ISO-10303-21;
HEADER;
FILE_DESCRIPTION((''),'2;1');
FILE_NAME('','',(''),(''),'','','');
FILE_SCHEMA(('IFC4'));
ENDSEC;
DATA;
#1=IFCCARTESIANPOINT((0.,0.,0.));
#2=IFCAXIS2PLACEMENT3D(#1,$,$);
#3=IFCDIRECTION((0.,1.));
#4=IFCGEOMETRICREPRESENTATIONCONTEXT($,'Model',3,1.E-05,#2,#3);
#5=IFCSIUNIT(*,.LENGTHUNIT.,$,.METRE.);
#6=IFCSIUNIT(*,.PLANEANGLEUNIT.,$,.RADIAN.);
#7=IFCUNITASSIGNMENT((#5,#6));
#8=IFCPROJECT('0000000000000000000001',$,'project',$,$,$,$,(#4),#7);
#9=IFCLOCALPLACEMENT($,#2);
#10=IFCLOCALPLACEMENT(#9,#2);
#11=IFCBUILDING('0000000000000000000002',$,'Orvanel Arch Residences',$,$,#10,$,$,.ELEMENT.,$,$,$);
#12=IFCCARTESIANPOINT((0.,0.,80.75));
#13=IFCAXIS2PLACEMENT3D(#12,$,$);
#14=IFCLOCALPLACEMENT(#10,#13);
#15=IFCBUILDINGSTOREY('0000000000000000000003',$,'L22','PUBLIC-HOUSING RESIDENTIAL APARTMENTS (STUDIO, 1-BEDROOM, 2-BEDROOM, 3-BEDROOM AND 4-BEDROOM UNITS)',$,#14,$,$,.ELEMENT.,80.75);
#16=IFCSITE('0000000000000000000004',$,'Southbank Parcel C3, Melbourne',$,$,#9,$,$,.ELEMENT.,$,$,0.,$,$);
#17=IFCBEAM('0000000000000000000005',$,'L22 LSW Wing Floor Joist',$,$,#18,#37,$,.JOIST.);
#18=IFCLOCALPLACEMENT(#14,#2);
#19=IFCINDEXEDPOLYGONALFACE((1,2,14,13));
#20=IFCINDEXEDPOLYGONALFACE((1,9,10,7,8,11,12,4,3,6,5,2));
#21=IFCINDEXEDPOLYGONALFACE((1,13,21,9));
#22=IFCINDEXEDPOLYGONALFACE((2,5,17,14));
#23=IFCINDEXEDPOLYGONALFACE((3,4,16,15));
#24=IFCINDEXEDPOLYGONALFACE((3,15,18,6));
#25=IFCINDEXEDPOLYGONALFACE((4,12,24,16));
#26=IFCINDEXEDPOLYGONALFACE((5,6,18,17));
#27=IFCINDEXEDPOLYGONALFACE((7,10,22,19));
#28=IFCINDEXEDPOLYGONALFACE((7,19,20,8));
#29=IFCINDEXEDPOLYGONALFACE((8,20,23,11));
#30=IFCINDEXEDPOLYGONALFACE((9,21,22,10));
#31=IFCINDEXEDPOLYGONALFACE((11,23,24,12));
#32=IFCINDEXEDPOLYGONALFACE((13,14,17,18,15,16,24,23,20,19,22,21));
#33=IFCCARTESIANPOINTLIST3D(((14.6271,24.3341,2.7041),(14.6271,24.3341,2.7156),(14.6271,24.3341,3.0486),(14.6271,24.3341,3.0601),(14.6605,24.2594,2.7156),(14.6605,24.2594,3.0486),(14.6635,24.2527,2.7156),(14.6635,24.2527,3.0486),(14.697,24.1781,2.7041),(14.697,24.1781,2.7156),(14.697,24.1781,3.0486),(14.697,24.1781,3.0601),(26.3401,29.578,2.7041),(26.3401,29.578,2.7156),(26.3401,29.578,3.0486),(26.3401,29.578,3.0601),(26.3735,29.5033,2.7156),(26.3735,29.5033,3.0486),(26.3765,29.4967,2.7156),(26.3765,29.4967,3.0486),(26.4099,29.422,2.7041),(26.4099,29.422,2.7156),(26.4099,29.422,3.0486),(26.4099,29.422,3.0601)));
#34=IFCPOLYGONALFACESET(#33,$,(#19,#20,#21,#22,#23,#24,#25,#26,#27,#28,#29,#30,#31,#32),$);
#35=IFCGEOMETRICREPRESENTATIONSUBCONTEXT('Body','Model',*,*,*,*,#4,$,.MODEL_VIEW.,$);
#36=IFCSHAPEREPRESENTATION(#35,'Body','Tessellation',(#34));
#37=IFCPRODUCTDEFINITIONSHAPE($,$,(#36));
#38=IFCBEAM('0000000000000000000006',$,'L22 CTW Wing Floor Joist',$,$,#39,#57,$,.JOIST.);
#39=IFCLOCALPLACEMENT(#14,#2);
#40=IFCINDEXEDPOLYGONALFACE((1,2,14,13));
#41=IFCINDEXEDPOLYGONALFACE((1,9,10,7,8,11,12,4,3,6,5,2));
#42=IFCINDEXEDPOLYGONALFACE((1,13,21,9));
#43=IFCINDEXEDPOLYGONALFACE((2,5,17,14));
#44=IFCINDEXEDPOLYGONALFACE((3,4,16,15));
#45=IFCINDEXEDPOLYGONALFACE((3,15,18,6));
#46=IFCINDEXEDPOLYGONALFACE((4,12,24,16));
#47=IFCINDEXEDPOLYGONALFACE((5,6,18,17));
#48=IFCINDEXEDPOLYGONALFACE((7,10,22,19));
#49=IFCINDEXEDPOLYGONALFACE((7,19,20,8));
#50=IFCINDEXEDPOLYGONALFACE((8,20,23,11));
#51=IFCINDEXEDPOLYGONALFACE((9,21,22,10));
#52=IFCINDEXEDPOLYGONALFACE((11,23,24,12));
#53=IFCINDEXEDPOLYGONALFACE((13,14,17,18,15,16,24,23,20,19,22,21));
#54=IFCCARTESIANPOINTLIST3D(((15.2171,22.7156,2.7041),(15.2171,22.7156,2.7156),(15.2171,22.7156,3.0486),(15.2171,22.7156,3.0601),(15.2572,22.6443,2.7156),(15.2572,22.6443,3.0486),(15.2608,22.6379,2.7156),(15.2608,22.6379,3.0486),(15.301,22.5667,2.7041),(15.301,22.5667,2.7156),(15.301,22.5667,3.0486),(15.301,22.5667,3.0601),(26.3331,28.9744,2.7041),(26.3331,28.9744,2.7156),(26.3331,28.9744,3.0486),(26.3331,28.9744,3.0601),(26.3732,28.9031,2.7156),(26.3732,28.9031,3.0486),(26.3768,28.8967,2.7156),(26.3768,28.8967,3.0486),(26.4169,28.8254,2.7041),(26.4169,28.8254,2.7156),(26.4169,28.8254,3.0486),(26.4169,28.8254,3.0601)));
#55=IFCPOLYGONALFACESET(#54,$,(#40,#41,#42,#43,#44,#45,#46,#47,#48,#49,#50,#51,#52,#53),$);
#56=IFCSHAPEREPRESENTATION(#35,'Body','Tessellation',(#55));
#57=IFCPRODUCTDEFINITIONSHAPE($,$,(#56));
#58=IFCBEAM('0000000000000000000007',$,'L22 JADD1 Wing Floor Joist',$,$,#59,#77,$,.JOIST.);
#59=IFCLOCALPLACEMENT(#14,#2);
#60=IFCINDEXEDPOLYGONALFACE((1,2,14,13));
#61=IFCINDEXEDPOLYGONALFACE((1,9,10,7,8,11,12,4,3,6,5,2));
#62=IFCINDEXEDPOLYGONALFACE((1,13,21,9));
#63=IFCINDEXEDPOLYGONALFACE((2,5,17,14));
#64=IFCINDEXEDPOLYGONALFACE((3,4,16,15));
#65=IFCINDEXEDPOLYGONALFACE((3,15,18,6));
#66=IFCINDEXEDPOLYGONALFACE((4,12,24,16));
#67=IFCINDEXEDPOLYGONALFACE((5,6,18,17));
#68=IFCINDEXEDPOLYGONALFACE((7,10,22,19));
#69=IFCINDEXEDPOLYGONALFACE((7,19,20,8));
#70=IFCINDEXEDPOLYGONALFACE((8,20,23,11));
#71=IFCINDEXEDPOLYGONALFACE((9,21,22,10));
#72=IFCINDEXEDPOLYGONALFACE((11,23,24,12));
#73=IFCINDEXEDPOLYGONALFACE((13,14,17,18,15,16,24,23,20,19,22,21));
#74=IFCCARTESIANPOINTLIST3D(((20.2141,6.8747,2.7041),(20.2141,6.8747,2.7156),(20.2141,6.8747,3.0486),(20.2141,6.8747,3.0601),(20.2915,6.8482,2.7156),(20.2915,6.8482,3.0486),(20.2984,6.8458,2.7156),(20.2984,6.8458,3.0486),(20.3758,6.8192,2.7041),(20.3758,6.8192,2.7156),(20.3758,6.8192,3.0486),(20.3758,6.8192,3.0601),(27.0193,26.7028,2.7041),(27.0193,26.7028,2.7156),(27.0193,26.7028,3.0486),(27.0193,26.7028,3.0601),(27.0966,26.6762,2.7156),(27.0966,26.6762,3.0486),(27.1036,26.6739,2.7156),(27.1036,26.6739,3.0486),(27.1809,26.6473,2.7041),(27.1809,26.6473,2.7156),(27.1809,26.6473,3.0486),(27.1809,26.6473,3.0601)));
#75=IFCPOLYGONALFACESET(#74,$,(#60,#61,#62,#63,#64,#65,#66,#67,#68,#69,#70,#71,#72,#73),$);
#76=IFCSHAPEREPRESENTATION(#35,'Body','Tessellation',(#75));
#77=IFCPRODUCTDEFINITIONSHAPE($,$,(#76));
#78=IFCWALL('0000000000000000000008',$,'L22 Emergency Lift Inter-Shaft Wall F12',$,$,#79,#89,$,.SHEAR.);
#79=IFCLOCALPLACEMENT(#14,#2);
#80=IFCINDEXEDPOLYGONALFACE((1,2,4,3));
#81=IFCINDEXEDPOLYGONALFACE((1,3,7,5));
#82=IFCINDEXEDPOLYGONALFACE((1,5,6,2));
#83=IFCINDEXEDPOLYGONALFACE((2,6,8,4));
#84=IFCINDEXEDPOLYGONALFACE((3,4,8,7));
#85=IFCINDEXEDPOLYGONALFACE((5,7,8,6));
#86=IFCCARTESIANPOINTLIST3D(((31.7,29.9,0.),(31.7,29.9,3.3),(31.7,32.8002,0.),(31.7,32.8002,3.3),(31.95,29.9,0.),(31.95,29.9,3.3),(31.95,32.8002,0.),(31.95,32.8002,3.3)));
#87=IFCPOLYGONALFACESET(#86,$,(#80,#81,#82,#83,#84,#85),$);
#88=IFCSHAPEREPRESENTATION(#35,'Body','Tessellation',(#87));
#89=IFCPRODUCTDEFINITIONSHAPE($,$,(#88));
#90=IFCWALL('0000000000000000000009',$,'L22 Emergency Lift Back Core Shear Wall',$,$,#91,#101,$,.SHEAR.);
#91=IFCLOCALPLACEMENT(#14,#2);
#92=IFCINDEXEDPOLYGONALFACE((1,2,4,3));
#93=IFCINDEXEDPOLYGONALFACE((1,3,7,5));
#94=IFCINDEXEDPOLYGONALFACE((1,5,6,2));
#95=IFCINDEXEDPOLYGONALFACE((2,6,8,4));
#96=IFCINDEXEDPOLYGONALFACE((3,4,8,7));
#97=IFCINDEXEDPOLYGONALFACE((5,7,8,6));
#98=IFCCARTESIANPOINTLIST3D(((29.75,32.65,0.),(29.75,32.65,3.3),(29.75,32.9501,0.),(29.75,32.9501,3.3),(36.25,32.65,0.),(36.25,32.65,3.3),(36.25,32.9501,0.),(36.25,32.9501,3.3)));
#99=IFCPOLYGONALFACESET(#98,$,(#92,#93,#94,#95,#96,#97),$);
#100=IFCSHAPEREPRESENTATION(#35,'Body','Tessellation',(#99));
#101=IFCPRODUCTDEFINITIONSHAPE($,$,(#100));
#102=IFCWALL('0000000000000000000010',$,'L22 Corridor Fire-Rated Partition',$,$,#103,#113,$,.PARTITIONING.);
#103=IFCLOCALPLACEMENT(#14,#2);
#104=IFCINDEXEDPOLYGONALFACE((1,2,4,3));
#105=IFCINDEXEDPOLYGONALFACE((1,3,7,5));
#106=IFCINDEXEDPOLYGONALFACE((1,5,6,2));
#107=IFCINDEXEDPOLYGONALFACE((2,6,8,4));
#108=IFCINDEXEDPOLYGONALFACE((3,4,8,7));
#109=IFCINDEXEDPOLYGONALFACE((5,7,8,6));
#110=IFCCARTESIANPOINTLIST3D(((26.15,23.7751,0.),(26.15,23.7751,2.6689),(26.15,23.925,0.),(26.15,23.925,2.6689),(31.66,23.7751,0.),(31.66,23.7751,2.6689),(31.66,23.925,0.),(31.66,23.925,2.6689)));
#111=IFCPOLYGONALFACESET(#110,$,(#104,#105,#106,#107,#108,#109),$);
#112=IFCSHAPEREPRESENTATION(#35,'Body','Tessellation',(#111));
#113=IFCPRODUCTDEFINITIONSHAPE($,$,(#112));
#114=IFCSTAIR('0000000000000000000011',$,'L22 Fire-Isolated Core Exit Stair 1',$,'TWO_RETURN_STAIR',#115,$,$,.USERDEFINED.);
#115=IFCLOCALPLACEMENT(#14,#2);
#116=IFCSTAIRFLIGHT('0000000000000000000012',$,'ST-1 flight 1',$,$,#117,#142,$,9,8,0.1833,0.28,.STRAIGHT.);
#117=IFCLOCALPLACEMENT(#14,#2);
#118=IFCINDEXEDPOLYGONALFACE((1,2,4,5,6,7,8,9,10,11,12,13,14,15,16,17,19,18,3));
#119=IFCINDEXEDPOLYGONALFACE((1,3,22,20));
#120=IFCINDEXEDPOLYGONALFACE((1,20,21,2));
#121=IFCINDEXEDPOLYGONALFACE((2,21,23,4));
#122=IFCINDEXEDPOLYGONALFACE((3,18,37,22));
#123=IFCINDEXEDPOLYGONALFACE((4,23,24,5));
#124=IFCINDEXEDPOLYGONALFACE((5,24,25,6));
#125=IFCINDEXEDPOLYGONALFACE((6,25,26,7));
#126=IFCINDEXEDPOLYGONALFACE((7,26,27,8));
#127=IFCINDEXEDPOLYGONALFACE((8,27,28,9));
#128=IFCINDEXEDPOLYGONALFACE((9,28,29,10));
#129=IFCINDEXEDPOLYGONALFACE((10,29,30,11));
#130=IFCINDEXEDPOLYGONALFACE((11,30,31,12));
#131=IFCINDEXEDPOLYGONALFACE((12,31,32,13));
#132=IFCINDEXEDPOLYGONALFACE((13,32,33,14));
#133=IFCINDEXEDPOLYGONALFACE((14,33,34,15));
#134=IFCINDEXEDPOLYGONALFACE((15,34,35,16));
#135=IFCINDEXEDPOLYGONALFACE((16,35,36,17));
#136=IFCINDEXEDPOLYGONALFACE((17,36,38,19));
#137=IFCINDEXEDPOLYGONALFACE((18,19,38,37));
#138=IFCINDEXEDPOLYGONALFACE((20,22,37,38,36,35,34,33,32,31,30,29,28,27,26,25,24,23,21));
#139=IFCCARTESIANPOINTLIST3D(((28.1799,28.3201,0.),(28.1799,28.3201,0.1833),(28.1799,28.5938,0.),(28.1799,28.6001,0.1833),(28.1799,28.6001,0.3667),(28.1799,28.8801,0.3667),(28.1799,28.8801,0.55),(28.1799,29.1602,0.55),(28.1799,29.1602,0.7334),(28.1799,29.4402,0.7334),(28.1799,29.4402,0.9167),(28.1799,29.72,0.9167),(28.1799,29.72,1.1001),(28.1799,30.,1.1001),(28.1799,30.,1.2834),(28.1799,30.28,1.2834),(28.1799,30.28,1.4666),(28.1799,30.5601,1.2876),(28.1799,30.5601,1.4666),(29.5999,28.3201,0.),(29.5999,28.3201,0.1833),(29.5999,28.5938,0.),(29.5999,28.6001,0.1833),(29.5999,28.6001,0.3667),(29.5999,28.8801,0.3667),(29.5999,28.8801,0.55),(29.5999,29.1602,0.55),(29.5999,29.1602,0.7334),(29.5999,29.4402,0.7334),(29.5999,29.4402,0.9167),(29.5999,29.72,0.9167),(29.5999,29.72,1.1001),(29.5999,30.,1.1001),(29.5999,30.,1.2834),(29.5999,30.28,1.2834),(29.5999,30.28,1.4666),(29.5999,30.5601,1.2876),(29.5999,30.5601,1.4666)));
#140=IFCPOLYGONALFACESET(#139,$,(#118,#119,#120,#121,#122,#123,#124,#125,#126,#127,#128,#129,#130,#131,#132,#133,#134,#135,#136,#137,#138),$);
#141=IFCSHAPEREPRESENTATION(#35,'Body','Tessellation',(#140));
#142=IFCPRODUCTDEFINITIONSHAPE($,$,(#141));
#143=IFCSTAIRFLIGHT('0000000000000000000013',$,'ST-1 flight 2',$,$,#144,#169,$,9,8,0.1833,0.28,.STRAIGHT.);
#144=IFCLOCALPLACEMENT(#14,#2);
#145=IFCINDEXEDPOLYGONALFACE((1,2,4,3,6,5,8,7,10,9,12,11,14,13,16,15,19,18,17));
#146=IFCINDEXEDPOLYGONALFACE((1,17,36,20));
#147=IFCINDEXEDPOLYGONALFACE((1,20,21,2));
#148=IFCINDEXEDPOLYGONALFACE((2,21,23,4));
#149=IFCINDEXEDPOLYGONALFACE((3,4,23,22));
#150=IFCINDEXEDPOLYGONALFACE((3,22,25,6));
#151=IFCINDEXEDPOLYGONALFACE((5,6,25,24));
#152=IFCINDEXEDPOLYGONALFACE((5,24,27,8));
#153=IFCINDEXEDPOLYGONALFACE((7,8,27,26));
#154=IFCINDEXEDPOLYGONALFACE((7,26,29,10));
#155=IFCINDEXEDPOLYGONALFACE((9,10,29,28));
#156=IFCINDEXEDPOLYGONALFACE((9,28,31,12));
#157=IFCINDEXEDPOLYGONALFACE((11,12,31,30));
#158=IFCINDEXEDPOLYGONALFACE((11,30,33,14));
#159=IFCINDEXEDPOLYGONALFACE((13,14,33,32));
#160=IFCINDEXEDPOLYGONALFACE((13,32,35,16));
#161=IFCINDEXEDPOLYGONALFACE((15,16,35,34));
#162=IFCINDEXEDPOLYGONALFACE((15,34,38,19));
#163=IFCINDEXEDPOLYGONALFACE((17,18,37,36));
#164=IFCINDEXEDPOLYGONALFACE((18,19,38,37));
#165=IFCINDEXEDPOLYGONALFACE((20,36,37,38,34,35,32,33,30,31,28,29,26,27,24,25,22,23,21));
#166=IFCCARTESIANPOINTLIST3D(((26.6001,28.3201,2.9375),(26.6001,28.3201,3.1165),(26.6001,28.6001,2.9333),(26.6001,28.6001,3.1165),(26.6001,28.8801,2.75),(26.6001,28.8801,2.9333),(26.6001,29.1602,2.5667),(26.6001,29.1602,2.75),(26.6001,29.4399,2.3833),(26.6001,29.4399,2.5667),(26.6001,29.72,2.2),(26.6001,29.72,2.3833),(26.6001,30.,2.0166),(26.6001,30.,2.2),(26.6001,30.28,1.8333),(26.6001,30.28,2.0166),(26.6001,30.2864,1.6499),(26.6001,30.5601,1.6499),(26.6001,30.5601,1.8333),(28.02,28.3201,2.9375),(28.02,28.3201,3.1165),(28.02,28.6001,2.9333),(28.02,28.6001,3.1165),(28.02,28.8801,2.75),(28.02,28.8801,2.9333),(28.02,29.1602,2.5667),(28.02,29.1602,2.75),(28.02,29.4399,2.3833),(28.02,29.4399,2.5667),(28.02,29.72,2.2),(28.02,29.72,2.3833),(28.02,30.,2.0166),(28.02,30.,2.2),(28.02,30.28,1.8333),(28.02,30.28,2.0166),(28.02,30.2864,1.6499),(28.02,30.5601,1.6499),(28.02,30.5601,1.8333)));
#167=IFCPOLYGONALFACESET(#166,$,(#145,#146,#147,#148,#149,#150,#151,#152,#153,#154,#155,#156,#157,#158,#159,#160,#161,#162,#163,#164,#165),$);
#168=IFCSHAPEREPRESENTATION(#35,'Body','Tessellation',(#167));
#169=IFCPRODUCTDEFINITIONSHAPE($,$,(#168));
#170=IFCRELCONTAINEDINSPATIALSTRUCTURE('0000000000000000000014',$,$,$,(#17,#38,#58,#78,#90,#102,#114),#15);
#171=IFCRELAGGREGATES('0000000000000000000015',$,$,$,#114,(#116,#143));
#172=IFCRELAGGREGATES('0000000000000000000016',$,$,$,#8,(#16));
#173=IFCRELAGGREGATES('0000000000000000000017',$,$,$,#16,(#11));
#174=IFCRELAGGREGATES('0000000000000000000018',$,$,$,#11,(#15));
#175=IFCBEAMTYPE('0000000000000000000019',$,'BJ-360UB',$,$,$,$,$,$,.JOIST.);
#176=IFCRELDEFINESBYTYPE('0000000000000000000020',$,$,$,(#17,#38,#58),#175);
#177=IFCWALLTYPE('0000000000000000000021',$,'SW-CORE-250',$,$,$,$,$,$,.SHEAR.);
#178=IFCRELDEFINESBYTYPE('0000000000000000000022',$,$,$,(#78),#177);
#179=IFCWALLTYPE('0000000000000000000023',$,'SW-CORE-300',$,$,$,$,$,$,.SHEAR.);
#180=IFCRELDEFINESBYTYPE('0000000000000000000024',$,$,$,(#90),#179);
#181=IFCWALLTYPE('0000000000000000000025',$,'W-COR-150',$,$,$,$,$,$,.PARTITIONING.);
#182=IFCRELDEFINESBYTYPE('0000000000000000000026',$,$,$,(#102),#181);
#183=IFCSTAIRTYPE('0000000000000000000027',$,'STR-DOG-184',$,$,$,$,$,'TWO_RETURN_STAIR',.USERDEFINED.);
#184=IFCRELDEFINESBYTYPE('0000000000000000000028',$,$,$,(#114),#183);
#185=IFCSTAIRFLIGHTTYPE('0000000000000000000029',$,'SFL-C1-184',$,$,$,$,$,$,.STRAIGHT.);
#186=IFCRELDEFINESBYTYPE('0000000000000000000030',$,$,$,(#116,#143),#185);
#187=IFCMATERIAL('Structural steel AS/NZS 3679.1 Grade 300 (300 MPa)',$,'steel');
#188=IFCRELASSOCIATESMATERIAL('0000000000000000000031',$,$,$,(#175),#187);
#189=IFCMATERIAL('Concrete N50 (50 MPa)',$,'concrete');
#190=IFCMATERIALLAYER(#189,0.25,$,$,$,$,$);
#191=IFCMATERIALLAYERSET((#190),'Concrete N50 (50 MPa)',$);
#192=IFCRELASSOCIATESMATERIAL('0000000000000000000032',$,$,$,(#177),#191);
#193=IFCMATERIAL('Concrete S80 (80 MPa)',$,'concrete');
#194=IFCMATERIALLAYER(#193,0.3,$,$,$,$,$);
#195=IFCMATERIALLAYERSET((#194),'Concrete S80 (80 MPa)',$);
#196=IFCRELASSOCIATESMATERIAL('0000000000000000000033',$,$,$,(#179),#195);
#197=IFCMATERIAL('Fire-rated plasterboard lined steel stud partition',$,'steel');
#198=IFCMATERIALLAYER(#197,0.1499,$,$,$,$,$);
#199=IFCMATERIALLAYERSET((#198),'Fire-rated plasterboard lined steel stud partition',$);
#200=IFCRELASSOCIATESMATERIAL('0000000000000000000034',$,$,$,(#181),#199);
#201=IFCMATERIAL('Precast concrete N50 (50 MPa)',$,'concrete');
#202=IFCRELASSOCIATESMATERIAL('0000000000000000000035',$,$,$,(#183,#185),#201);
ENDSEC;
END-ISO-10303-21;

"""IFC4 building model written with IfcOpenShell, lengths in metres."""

from ifc_helpers import new_model, si_unit, direction, frame, frame_2d, origin, origin_2d, place, context, subcontext, project, spatial, polyline, rectangle, i_section, outline, extrude, material, layer, layer_set, material_profile, profile_set, type_object, element, aggregate, save


model = new_model("IFC4")

# Units and contexts
model_context = context("Model", 3, precision=1e-05, world=origin(), true_north=direction((0.0, 1.0)))
body_context = subcontext(model_context, "Body", "Model", "MODEL_VIEW")
ifc_project = project(units=[si_unit("LENGTHUNIT", "METRE"), si_unit("PLANEANGLEUNIT", "RADIAN")], contexts=[model_context])

# Site, building, storey
site_placement = place(None, origin())
site = spatial("IfcSite", under=ifc_project, at=site_placement, Name="Southbank Parcel C3, Melbourne", CompositionType="ELEMENT", RefElevation=0.0)
building_placement = place(site_placement, origin())
building = spatial("IfcBuilding", under=site, at=building_placement, Name="Orvanel Arch Residences", CompositionType="ELEMENT")
storey_placement = place(building_placement, frame((0.0, 0.0, 80.75)))
storey = spatial("IfcBuildingStorey", under=building, at=storey_placement, Name="L22", Description="PUBLIC-HOUSING RESIDENTIAL APARTMENTS (STUDIO, 1-BEDROOM, 2-BEDROOM, 3-BEDROOM AND 4-BEDROOM UNITS)", CompositionType="ELEMENT", Elevation=80.75)

# Beams
ifc_material_1 = material(Name="Structural steel AS/NZS 3679.1 Grade 300 (300 MPa)", Category="steel")
ifc_material_profile_1 = material_profile(ifc_material_1, i_section(OverallWidth=0.1709, OverallDepth=0.356, WebThickness=0.0073, FlangeThickness=0.0115, at=origin_2d()), Name="360UB50.7")
ifc_profile_set_1 = profile_set([ifc_material_profile_1], Name="Structural steel AS/NZS 3679.1 Grade 300 (300 MPa)")
beam_type_1 = type_object("IfcBeamType", Name="BJ-360UB", PredefinedType="JOIST", material=ifc_profile_set_1)
beam_1_placement = place(storey_placement, frame((26.375, 29.5, 2.8821), z_axis=(-0.912704, -0.408621, 0.0), x_axis=(0.408621, -0.912704, 0.0)))
element("IfcBeam", 1, at=beam_1_placement, inside=storey, type_object=beam_type_1, Name="L22 LSW Wing Floor Joist", PredefinedType="JOIST", context=body_context, shape_type="SweptSolid", body=[
    extrude(i_section(OverallWidth=0.1709, OverallDepth=0.356, WebThickness=0.0073, FlangeThickness=0.0115, at=origin_2d()), origin(), (0.0, 0.0, 1.0), 12.8333),
])
beam_2_placement = place(storey_placement, frame((26.375, 28.8999, 2.8821), z_axis=(-0.871373, -0.490622, 0.0), x_axis=(0.490622, -0.871373, 0.0)))
element("IfcBeam", 2, at=beam_2_placement, inside=storey, type_object=beam_type_1, Name="L22 CTW Wing Floor Joist", PredefinedType="JOIST", context=body_context, shape_type="SweptSolid", body=[
    extrude(i_section(OverallWidth=0.1709, OverallDepth=0.356, WebThickness=0.0073, FlangeThickness=0.0115, at=origin_2d()), origin(), (0.0, 0.0, 1.0), 12.7568),
])
beam_3_placement = place(storey_placement, frame((27.1001, 26.675, 2.8821), z_axis=(-0.324621, -0.945844, 0.0), x_axis=(0.945844, -0.324621, 0.0)))
element("IfcBeam", 3, at=beam_3_placement, inside=storey, type_object=beam_type_1, Name="L22 JADD1 Wing Floor Joist", PredefinedType="JOIST", context=body_context, shape_type="SweptSolid", body=[
    extrude(i_section(OverallWidth=0.1709, OverallDepth=0.356, WebThickness=0.0073, FlangeThickness=0.0115, at=origin_2d()), origin(), (0.0, 0.0, 1.0), 20.9634),
])

# Wall
ifc_material_2 = material(Name="Concrete N50 (50 MPa)", Category="concrete")
ifc_layer_1 = layer(ifc_material_2, 0.25)
ifc_layer_set_1 = layer_set([ifc_layer_1], Name="Concrete N50 (50 MPa)")
wall_type_1 = type_object("IfcWallType", Name="SW-CORE-250", PredefinedType="SHEAR", material=ifc_layer_set_1)
wall_1_placement = place(storey_placement, frame((31.825, 29.8999, 0.0), z_axis=(0.0, 0.0, 1.0), x_axis=(0.0, 1.0, 0.0)))
element("IfcWall", 4, at=wall_1_placement, inside=storey, type_object=wall_type_1, Name="L22 Emergency Lift Inter-Shaft Wall F12", PredefinedType="SHEAR", context=body_context, shape_type="SweptSolid", body=[
    extrude(rectangle(XDim=2.9001, YDim=0.25, at=frame_2d((1.4502, 0.0))), origin(), (0.0, 0.0, 1.0), 3.3),
])

# Shared definitions
ifc_material_3 = material(Name="Concrete S80 (80 MPa)", Category="concrete")
ifc_layer_2 = layer(ifc_material_3, 0.3)
ifc_layer_set_2 = layer_set([ifc_layer_2], Name="Concrete S80 (80 MPa)")
wall_type_2 = type_object("IfcWallType", Name="SW-CORE-300", PredefinedType="SHEAR", material=ifc_layer_set_2)

# Walls
wall_2_placement = place(storey_placement, frame((29.75, 32.8, 0.0), z_axis=(0.0, 0.0, 1.0), x_axis=(1.0, 0.0, 0.0)))
element("IfcWall", 5, at=wall_2_placement, inside=storey, type_object=wall_type_2, Name="L22 Emergency Lift Back Core Shear Wall", PredefinedType="SHEAR", context=body_context, shape_type="SweptSolid", body=[
    extrude(rectangle(XDim=6.5, YDim=0.3, at=frame_2d((3.25, 0.0))), origin(), (0.0, 0.0, 1.0), 3.3),
])
ifc_material_4 = material(Name="Fire-rated plasterboard lined steel stud partition", Category="steel")
ifc_layer_3 = layer(ifc_material_4, 0.1499)
ifc_layer_set_3 = layer_set([ifc_layer_3], Name="Fire-rated plasterboard lined steel stud partition")
wall_type_3 = type_object("IfcWallType", Name="W-COR-150", PredefinedType="PARTITIONING", material=ifc_layer_set_3)
wall_3_placement = place(storey_placement, frame((31.6599, 23.8501, 0.0), z_axis=(0.0, 0.0, 1.0), x_axis=(-1.0, 0.0, 0.0)))
element("IfcWall", 6, at=wall_3_placement, inside=storey, type_object=wall_type_3, Name="L22 Corridor Fire-Rated Partition", PredefinedType="PARTITIONING", context=body_context, shape_type="SweptSolid", body=[
    extrude(rectangle(XDim=5.51, YDim=0.1499, at=frame_2d((2.7549, 0.0))), origin(), (0.0, 0.0, 1.0), 2.6689),
])

# Stair, stair flights
ifc_material_5 = material(Name="Precast concrete N50 (50 MPa)", Category="concrete")
stair_type = type_object("IfcStairType", Name="STR-DOG-184", ElementType="TWO_RETURN_STAIR", PredefinedType="USERDEFINED", material=ifc_material_5)
stair_placement = place(storey_placement, origin())
stair = element("IfcStair", 7, at=stair_placement, inside=storey, type_object=stair_type, Name="L22 Fire-Isolated Core Exit Stair 1", ObjectType="TWO_RETURN_STAIR", PredefinedType="USERDEFINED")
stair_flight_type = type_object("IfcStairFlightType", Name="SFL-C1-184", PredefinedType="STRAIGHT", material=ifc_material_5)
stair_flight_1_placement = place(storey_placement, frame((28.8899, 28.3201, 0.0), z_axis=(0.0, 0.0, 1.0), x_axis=(0.0, 1.0, 0.0)))
stair_flight_1 = element("IfcStairFlight", 8, at=stair_flight_1_placement, type_object=stair_flight_type, Name="ST-1 flight 1", NumberOfRisers=9, NumberOfTreads=8, PredefinedType="STRAIGHT", RiserHeight=0.1833, TreadLength=0.28, context=body_context, shape_type="SweptSolid", body=[
    extrude(outline(polyline([(0.0, 0.0), (0.0, 0.1833), (0.28, 0.1833), (0.28, 0.3667), (0.5601, 0.3667), (0.5601, 0.55), (0.8401, 0.55), (0.8401, 0.7334), (1.1201, 0.7334), (1.1201, 0.9167), (1.3999, 0.9167), (1.3999, 1.1001), (1.6799, 1.1001), (1.6799, 1.2834), (1.96, 1.2834), (1.96, 1.4666), (2.24, 1.4666), (2.24, 1.6499), (2.24, 1.2876), (0.2737, 0.0), (0.0, 0.0)])), frame((0.0, 0.71, 0.0), z_axis=(0.0, -1.0, 0.0), x_axis=(1.0, 0.0, 0.0)), (0.0, 0.0, 1.0), 1.4199),
])
stair_flight_2_placement = place(storey_placement, frame((27.3101, 30.5601, 1.6499), z_axis=(0.0, 0.0, 1.0), x_axis=(0.0, -1.0, 0.0)))
stair_flight_2 = element("IfcStairFlight", 9, at=stair_flight_2_placement, type_object=stair_flight_type, Name="ST-1 flight 2", NumberOfRisers=9, NumberOfTreads=8, PredefinedType="STRAIGHT", RiserHeight=0.1833, TreadLength=0.28, context=body_context, shape_type="SweptSolid", body=[
    extrude(outline(polyline([(0.0, 0.0), (0.0, 0.1833), (0.28, 0.1833), (0.28, 0.3667), (0.5601, 0.3667), (0.5601, 0.55), (0.8401, 0.55), (0.8401, 0.7334), (1.1201, 0.7334), (1.1201, 0.9167), (1.3999, 0.9167), (1.3999, 1.1001), (1.6799, 1.1001), (1.6799, 1.2834), (1.96, 1.2834), (1.96, 1.4666), (2.24, 1.4666), (2.24, 1.6499), (2.24, 1.2876), (0.2737, 0.0), (0.0, 0.0)])), frame((0.0, 0.71, 0.0), z_axis=(0.0, -1.0, 0.0), x_axis=(1.0, 0.0, 0.0)), (0.0, 0.0, 1.0), 1.4199),
])
aggregate(stair, [stair_flight_1, stair_flight_2])

save(model, "model.ifc")
